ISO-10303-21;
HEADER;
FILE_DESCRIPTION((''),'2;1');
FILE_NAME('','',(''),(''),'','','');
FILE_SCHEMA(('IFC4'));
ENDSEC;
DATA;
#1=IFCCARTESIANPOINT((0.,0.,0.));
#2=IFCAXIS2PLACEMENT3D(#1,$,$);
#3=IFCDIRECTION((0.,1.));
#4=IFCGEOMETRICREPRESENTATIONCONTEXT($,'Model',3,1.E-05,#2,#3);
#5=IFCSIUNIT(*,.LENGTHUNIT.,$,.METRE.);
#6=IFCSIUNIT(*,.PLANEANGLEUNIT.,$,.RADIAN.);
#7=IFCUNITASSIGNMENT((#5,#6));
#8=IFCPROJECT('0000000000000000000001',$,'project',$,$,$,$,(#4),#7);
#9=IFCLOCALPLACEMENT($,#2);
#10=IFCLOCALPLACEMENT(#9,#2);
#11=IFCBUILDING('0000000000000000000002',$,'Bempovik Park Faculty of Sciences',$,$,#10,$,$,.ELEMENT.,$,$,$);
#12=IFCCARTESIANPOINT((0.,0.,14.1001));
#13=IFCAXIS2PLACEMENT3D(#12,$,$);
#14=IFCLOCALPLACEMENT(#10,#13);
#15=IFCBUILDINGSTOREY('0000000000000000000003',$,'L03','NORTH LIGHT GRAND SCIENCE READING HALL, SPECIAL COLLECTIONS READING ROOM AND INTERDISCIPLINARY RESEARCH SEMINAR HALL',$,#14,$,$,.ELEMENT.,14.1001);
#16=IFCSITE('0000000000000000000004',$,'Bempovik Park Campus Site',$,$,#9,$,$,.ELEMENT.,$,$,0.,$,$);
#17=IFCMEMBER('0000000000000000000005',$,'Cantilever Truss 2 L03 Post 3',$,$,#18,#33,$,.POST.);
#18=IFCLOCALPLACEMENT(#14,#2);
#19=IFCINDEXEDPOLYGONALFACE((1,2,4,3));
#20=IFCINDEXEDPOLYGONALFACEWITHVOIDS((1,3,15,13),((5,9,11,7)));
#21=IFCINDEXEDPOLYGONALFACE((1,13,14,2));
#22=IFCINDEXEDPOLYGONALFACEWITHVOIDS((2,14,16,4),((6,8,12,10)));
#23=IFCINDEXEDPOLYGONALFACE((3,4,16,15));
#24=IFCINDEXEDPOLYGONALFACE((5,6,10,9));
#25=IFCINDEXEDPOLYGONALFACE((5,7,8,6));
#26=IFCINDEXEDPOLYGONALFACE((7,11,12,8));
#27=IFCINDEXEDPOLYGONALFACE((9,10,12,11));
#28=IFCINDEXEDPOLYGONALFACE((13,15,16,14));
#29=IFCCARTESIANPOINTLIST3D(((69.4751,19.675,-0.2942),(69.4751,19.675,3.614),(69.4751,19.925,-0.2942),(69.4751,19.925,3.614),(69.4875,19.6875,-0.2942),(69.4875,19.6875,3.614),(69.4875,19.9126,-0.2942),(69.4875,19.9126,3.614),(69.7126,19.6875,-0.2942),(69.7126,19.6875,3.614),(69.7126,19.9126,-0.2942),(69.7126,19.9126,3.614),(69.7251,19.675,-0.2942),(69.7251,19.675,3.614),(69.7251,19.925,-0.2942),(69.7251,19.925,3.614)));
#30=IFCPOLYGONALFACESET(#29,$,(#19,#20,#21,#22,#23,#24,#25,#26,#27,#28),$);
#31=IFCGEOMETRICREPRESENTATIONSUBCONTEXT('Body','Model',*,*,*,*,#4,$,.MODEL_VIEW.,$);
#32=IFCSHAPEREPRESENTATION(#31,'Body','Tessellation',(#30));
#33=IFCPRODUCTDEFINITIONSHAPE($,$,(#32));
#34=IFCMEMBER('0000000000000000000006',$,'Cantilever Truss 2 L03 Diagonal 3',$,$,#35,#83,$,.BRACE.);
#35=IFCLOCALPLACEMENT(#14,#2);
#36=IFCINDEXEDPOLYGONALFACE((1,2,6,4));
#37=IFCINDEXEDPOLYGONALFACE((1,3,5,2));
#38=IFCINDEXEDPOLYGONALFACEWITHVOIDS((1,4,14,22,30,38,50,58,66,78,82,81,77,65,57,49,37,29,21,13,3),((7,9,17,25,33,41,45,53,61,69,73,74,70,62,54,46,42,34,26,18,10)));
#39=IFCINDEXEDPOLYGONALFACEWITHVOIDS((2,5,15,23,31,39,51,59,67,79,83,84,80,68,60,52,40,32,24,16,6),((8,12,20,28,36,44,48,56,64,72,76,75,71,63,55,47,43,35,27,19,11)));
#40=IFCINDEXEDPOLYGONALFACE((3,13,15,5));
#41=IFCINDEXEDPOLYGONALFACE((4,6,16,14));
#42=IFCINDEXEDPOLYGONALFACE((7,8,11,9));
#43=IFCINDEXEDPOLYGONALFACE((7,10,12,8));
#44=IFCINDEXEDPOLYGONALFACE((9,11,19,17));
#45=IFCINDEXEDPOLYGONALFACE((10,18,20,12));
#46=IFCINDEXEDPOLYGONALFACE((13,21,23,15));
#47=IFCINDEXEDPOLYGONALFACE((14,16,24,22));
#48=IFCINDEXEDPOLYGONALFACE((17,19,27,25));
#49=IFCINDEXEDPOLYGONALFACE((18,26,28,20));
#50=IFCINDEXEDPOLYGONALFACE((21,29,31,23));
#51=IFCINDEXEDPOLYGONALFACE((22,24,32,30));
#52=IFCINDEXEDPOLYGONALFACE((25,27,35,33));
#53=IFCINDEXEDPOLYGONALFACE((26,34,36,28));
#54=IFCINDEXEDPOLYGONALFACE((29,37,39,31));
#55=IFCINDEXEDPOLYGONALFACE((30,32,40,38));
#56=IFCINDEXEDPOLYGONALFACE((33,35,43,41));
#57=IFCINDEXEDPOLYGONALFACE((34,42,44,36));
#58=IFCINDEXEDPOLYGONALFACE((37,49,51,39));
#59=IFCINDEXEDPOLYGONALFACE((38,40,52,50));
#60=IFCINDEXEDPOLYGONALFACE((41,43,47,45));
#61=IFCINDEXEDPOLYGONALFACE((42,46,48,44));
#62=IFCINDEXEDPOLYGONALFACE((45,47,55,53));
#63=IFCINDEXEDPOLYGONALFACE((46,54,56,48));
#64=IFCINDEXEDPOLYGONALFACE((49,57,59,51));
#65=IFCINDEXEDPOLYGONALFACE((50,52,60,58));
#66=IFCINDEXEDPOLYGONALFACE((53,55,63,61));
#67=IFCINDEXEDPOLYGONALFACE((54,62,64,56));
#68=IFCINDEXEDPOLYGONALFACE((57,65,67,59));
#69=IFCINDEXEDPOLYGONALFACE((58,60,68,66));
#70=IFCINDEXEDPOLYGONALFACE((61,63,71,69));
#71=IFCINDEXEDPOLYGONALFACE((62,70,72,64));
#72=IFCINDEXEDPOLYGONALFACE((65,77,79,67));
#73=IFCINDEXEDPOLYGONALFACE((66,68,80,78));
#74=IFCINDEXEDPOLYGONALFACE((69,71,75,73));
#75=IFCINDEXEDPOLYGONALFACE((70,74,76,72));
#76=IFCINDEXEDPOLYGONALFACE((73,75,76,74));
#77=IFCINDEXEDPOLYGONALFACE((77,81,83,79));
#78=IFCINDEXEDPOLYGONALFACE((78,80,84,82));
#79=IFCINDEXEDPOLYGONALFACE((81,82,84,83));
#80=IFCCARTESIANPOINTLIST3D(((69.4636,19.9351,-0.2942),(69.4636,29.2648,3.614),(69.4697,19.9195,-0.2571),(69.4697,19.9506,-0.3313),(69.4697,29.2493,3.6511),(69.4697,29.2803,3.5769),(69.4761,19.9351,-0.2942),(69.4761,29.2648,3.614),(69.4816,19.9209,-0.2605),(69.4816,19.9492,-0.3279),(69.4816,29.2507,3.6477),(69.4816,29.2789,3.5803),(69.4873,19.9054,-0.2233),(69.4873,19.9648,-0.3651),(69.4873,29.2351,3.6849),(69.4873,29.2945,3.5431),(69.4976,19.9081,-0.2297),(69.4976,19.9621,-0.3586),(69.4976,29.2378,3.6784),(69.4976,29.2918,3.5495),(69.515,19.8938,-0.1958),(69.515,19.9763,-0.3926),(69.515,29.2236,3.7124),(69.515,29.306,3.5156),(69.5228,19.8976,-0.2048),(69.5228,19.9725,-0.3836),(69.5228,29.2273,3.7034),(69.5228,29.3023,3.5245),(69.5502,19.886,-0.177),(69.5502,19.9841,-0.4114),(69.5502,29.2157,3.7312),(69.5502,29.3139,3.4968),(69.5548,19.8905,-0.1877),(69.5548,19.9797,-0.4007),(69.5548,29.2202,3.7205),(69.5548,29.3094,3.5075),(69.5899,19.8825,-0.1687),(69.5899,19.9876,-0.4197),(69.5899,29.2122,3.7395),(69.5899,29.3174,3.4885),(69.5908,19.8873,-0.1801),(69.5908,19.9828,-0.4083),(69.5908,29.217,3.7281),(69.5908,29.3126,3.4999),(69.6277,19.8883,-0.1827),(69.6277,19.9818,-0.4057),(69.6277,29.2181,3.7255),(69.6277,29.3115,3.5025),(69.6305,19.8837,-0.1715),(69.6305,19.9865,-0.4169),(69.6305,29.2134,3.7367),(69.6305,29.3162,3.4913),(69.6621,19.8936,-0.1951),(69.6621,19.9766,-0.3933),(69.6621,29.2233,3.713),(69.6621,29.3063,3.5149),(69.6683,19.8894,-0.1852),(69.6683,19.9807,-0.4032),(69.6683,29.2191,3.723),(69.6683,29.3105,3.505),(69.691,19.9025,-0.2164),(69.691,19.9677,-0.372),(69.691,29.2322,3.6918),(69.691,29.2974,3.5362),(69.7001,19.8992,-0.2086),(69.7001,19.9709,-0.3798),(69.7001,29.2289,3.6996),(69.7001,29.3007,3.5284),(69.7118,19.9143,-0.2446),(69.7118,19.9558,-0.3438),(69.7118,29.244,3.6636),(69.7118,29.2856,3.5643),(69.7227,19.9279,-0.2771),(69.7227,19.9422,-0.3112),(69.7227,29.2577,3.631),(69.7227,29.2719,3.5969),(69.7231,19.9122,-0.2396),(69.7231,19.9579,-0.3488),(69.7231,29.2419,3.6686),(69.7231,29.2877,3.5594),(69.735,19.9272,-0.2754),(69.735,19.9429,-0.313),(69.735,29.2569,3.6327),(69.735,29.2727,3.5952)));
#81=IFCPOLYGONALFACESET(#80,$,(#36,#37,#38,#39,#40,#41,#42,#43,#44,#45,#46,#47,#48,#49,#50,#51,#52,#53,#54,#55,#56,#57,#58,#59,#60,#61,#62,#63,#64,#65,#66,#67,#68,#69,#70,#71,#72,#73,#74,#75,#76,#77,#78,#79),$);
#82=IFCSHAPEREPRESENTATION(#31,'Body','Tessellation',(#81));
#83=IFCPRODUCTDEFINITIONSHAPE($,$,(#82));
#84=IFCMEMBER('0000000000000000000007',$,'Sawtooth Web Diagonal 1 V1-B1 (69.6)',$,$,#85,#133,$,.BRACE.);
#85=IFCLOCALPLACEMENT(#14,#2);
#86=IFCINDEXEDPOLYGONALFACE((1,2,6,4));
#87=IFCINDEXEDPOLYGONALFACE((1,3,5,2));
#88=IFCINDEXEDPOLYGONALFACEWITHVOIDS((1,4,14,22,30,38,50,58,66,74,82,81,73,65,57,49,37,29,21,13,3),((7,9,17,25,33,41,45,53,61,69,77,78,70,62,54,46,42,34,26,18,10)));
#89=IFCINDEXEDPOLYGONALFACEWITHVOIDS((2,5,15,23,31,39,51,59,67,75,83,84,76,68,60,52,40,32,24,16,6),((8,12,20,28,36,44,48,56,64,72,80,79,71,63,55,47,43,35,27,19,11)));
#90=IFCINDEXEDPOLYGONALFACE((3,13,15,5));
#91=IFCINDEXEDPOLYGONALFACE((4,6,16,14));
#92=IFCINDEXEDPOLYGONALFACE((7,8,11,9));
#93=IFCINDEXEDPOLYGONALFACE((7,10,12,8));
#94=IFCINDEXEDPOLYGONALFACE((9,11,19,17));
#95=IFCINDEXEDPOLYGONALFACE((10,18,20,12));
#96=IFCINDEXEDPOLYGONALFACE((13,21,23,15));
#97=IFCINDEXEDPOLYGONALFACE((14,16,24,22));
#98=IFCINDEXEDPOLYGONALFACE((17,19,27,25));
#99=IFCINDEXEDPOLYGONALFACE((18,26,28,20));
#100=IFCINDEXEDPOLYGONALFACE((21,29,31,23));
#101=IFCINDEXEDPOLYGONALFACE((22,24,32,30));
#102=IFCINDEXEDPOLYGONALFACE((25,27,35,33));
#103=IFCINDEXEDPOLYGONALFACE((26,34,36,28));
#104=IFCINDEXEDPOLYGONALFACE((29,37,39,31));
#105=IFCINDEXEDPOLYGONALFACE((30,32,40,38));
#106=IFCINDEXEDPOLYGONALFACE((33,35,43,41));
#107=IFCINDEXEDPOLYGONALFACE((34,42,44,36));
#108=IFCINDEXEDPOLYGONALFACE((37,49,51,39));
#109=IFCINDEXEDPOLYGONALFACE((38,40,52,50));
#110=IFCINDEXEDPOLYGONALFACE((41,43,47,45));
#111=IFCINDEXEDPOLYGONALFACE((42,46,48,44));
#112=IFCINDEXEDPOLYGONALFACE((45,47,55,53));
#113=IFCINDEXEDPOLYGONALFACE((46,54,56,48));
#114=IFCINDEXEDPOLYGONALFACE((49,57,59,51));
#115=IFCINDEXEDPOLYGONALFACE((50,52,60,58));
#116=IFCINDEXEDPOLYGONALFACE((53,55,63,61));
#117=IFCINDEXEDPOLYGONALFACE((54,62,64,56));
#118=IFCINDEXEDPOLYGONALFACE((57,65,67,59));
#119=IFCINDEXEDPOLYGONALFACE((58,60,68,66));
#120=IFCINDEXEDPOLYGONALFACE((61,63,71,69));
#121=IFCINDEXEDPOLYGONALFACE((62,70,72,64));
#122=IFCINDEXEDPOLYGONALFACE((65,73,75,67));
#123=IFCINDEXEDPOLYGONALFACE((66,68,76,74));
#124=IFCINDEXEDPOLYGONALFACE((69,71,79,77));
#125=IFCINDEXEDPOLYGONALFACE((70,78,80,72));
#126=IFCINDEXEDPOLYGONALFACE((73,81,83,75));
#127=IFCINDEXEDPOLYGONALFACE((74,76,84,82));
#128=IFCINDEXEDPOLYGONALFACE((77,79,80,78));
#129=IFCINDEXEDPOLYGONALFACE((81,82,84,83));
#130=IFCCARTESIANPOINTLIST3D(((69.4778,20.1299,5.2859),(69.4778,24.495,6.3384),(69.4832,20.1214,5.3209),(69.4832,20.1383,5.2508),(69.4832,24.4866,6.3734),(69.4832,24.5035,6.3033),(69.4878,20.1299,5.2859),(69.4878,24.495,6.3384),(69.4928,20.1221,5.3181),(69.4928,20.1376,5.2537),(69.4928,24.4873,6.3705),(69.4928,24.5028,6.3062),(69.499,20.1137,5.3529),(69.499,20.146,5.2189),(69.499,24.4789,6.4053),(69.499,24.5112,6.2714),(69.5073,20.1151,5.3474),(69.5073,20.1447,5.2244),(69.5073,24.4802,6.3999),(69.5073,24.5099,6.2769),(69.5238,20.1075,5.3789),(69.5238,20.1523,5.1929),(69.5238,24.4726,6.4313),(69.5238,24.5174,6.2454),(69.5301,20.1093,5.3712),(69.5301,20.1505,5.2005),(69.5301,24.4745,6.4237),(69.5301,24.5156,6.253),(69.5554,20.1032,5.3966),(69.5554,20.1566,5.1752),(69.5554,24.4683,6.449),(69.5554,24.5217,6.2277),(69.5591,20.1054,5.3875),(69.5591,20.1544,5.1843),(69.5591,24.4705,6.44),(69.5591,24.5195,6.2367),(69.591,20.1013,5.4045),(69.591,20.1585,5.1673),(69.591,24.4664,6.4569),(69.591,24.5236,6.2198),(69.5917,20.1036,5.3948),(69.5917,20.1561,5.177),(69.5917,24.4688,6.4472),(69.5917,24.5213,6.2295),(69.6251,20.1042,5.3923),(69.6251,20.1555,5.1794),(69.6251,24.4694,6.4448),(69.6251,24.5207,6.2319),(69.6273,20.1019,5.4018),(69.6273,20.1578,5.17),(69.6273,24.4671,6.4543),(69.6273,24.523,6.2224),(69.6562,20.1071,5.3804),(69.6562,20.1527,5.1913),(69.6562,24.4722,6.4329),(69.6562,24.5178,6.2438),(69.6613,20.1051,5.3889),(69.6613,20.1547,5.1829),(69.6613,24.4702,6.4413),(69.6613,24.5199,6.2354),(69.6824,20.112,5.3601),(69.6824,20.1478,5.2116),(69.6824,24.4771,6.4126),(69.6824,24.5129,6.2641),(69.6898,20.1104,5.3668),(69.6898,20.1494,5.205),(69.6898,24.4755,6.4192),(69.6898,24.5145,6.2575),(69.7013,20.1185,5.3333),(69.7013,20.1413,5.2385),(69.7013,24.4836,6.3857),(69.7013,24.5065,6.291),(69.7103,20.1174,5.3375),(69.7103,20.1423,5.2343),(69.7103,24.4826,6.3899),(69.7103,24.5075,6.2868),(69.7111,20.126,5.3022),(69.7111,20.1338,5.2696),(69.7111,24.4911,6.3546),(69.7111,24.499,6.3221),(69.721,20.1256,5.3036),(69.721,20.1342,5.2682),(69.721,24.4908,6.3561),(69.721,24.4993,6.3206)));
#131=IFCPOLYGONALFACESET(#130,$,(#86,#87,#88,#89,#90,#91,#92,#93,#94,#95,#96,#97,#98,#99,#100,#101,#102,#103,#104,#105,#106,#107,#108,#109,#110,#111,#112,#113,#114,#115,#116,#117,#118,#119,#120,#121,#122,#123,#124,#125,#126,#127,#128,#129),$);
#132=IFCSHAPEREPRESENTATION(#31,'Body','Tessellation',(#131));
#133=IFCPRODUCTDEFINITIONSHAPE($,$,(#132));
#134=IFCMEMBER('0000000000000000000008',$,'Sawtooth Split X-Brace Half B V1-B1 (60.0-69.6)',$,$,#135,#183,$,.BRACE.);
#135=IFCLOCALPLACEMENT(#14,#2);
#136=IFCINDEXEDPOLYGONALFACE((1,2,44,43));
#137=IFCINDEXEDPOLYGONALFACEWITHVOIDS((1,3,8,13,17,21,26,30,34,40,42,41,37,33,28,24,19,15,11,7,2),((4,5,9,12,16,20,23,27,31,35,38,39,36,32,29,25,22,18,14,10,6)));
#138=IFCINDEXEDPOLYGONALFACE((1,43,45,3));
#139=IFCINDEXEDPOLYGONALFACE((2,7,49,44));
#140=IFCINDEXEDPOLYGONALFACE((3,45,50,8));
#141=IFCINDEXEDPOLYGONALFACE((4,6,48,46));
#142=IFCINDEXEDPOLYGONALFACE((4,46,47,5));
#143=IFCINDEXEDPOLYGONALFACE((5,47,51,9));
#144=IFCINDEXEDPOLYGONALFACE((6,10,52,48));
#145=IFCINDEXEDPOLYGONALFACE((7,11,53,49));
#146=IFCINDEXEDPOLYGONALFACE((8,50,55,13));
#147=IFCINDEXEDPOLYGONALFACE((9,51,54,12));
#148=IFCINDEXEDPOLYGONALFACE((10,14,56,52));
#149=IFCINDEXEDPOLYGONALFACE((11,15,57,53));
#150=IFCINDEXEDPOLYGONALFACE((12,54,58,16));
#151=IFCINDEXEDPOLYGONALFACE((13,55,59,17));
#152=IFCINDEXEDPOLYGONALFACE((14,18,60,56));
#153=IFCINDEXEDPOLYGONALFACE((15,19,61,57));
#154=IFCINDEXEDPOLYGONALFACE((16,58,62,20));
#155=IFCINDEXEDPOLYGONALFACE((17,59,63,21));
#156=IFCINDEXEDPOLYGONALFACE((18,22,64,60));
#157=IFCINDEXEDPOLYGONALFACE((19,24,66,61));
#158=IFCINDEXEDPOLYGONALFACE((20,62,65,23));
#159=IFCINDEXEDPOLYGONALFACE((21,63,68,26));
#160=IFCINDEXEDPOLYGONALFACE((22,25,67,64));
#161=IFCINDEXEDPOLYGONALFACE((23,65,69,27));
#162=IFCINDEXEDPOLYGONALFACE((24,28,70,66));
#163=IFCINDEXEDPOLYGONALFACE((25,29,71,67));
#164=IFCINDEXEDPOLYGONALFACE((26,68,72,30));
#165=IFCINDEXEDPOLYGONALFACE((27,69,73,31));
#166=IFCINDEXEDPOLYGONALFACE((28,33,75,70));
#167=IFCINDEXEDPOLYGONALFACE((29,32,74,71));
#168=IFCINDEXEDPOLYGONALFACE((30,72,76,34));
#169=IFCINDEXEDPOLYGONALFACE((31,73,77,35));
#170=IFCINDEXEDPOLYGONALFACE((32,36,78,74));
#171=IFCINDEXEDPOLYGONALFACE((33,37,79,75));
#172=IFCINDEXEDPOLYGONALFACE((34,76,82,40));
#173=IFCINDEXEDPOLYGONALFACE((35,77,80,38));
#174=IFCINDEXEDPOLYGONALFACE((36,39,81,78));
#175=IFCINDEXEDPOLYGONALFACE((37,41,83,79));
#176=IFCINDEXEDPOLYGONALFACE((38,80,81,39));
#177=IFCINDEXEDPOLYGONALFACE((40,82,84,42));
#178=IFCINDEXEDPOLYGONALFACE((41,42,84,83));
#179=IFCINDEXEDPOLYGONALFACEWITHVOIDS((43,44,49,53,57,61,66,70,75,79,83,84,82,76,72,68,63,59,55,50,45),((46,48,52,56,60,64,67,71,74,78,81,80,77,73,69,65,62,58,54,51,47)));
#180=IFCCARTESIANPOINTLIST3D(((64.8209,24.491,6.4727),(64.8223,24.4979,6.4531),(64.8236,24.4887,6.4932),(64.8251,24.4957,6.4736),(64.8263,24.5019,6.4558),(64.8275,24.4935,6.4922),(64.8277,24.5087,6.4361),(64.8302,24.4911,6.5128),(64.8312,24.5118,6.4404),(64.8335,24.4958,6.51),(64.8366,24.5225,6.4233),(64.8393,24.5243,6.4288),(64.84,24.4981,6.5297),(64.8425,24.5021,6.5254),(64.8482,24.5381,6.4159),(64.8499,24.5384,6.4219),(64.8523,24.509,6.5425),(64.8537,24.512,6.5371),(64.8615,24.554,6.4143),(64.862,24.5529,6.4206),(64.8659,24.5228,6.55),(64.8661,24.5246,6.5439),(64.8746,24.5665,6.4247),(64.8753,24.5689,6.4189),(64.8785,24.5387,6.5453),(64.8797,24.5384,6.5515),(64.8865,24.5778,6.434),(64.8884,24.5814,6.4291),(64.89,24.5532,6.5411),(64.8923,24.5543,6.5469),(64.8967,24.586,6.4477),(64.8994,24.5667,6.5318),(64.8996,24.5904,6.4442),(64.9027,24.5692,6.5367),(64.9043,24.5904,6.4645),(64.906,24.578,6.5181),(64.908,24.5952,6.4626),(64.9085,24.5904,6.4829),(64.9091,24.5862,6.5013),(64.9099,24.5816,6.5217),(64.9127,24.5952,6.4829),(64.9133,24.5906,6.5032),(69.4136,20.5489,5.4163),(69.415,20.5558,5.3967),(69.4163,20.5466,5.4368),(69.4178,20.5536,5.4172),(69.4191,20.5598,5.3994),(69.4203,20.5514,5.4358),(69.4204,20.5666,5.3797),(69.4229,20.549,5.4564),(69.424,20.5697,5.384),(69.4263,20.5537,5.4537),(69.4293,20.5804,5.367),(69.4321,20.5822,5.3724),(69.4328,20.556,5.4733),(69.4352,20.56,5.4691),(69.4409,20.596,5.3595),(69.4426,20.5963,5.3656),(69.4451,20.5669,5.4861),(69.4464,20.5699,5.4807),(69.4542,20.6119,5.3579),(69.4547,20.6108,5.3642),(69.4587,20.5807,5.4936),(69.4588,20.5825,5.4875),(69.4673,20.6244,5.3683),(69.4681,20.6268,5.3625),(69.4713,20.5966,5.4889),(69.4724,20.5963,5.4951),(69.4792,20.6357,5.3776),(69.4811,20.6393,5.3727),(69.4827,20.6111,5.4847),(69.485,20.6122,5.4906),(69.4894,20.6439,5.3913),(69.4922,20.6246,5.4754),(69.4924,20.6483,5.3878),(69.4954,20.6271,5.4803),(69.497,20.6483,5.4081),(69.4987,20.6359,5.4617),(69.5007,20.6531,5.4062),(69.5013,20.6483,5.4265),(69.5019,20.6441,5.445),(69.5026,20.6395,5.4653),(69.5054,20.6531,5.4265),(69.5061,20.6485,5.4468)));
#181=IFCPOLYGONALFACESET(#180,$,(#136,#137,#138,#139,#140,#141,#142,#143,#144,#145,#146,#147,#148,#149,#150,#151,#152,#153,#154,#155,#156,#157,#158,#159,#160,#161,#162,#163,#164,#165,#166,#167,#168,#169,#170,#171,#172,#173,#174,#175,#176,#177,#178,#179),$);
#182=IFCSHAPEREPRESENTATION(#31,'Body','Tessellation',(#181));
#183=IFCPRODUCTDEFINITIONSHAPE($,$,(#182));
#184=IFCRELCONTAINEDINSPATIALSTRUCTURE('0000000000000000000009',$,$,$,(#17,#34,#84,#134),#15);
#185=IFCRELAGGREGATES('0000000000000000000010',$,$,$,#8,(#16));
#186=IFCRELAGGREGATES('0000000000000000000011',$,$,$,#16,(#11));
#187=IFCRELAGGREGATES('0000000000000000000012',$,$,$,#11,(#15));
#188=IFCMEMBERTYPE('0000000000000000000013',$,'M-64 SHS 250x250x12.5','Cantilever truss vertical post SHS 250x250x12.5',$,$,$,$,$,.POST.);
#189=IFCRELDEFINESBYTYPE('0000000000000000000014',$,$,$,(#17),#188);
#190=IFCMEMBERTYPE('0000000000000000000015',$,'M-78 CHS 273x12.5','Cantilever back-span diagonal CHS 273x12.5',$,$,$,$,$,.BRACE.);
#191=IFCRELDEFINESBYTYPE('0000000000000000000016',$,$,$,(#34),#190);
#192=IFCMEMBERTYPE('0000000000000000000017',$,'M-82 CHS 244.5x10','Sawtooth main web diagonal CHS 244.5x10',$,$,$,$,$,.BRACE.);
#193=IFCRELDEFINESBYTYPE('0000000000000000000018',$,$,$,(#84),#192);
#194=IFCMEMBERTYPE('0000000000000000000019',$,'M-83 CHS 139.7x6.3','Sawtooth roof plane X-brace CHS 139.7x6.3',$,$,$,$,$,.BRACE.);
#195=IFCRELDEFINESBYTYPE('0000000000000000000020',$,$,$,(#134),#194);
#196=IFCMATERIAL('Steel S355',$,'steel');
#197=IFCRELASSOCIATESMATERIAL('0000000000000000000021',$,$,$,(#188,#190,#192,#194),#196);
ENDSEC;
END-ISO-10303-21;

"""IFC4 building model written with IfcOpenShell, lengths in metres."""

from ifc_helpers import new_model, si_unit, direction, frame, origin, origin_2d, place, context, subcontext, project, spatial, hollow_rectangle, hollow_circle, extrude, material, material_profile, profile_set, type_object, element, save


model = new_model("IFC4")

# Units and contexts
model_context = context("Model", 3, precision=1e-05, world=origin(), true_north=direction((0.0, 1.0)))
body_context = subcontext(model_context, "Body", "Model", "MODEL_VIEW")
ifc_project = project(units=[si_unit("LENGTHUNIT", "METRE"), si_unit("PLANEANGLEUNIT", "RADIAN")], contexts=[model_context])

# Site, building, storey
site_placement = place(None, origin())
site = spatial("IfcSite", under=ifc_project, at=site_placement, Name="Bempovik Park Campus Site", CompositionType="ELEMENT", RefElevation=0.0)
building_placement = place(site_placement, origin())
building = spatial("IfcBuilding", under=site, at=building_placement, Name="Bempovik Park Faculty of Sciences", CompositionType="ELEMENT")
storey_placement = place(building_placement, frame((0.0, 0.0, 14.1001)))
storey = spatial("IfcBuildingStorey", under=building, at=storey_placement, Name="L03", Description="NORTH LIGHT GRAND SCIENCE READING HALL, SPECIAL COLLECTIONS READING ROOM AND INTERDISCIPLINARY RESEARCH SEMINAR HALL", CompositionType="ELEMENT", Elevation=14.1001)

# Shared definitions
ifc_material_1 = material(Name="Steel S355", Category="steel")

# Members
ifc_material_profile_1 = material_profile(ifc_material_1, hollow_rectangle(XDim=0.25, YDim=0.25, WallThickness=0.0125, at=origin_2d()), Name="SHS 250x250x12.5")
ifc_profile_set_1 = profile_set([ifc_material_profile_1], Name="Steel S355")
member_type_1 = type_object("IfcMemberType", Name="M-64 SHS 250x250x12.5", Description="Cantilever truss vertical post SHS 250x250x12.5", PredefinedType="POST", material=ifc_profile_set_1)
for number, where, z_axis, x_axis, name in (
    (1, (69.6001, 19.8, -0.2942), (0.0, 0.0, 1.0), (1.0, 0.0, 0.0), "Cantilever Truss 2 L03 Post 3"),
):
    element("IfcMember", number, at=place(storey_placement, frame(where, z_axis=z_axis, x_axis=x_axis)), inside=storey, type_object=member_type_1, Name=name, PredefinedType="POST", context=body_context, shape_type="SweptSolid", body=[
        extrude(hollow_rectangle(XDim=0.25, YDim=0.25, WallThickness=0.0125, at=origin_2d()), origin(), (0.0, 0.0, 1.0), 3.9082),
    ])
ifc_material_profile_2 = material_profile(ifc_material_1, hollow_circle(Radius=0.1365, WallThickness=0.0125, at=origin_2d()), Name="CHS 273x12.5")
ifc_profile_set_2 = profile_set([ifc_material_profile_2], Name="Steel S355")
member_type_2 = type_object("IfcMemberType", Name="M-78 CHS 273x12.5", Description="Cantilever back-span diagonal CHS 273x12.5", PredefinedType="BRACE", material=ifc_profile_set_2)
member_1_placement = place(storey_placement, frame((69.6001, 19.9351, -0.2942), z_axis=(0.0, 0.922346, 0.386364), x_axis=(-1.0, 0.0, 0.0)))
element("IfcMember", 2, at=member_1_placement, inside=storey, type_object=member_type_2, Name="Cantilever Truss 2 L03 Diagonal 3", PredefinedType="BRACE", context=body_context, shape_type="SweptSolid", body=[
    extrude(hollow_circle(Radius=0.1365, WallThickness=0.0125, at=origin_2d()), origin(), (0.0, 0.0, 1.0), 10.1152),
])
ifc_material_profile_3 = material_profile(ifc_material_1, hollow_circle(Radius=0.1223, WallThickness=0.01, at=origin_2d()), Name="CHS 244.5x10")
ifc_profile_set_3 = profile_set([ifc_material_profile_3], Name="Steel S355")
member_type_3 = type_object("IfcMemberType", Name="M-82 CHS 244.5x10", Description="Sawtooth main web diagonal CHS 244.5x10", PredefinedType="BRACE", material=ifc_profile_set_3)
member_2_placement = place(storey_placement, frame((69.6001, 20.1299, 5.2859), z_axis=(0.0, 0.972142, 0.234391), x_axis=(-1.0, 0.0, 0.0)))
element("IfcMember", 3, at=member_2_placement, inside=storey, type_object=member_type_3, Name="Sawtooth Web Diagonal 1 V1-B1 (69.6)", PredefinedType="BRACE", context=body_context, shape_type="SweptSolid", body=[
    extrude(hollow_circle(Radius=0.1223, WallThickness=0.01, at=origin_2d()), origin(), (0.0, 0.0, 1.0), 4.4902),
])
ifc_material_profile_4 = material_profile(ifc_material_1, hollow_circle(Radius=0.0698, WallThickness=0.0063, at=origin_2d()), Name="CHS 139.7x6.3")
ifc_profile_set_4 = profile_set([ifc_material_profile_4], Name="Steel S355")
member_type_4 = type_object("IfcMemberType", Name="M-83 CHS 139.7x6.3", Description="Sawtooth roof plane X-brace CHS 139.7x6.3", PredefinedType="BRACE", material=ifc_profile_set_4)
member_3_placement = place(storey_placement, frame((64.8672, 24.5422, 6.4829), z_axis=(0.747509, -0.641613, -0.171937), x_axis=(0.651313, 0.758809, 0.0)))
element("IfcMember", 4, at=member_3_placement, inside=storey, type_object=member_type_4, Name="Sawtooth Split X-Brace Half B V1-B1 (60.0-69.6)", PredefinedType="BRACE", context=body_context, shape_type="SweptSolid", body=[
    extrude(hollow_circle(Radius=0.0698, WallThickness=0.0063, at=origin_2d()), origin(), (0.0, 0.0, 1.0), 6.144),
])

save(model, "model.ifc")
